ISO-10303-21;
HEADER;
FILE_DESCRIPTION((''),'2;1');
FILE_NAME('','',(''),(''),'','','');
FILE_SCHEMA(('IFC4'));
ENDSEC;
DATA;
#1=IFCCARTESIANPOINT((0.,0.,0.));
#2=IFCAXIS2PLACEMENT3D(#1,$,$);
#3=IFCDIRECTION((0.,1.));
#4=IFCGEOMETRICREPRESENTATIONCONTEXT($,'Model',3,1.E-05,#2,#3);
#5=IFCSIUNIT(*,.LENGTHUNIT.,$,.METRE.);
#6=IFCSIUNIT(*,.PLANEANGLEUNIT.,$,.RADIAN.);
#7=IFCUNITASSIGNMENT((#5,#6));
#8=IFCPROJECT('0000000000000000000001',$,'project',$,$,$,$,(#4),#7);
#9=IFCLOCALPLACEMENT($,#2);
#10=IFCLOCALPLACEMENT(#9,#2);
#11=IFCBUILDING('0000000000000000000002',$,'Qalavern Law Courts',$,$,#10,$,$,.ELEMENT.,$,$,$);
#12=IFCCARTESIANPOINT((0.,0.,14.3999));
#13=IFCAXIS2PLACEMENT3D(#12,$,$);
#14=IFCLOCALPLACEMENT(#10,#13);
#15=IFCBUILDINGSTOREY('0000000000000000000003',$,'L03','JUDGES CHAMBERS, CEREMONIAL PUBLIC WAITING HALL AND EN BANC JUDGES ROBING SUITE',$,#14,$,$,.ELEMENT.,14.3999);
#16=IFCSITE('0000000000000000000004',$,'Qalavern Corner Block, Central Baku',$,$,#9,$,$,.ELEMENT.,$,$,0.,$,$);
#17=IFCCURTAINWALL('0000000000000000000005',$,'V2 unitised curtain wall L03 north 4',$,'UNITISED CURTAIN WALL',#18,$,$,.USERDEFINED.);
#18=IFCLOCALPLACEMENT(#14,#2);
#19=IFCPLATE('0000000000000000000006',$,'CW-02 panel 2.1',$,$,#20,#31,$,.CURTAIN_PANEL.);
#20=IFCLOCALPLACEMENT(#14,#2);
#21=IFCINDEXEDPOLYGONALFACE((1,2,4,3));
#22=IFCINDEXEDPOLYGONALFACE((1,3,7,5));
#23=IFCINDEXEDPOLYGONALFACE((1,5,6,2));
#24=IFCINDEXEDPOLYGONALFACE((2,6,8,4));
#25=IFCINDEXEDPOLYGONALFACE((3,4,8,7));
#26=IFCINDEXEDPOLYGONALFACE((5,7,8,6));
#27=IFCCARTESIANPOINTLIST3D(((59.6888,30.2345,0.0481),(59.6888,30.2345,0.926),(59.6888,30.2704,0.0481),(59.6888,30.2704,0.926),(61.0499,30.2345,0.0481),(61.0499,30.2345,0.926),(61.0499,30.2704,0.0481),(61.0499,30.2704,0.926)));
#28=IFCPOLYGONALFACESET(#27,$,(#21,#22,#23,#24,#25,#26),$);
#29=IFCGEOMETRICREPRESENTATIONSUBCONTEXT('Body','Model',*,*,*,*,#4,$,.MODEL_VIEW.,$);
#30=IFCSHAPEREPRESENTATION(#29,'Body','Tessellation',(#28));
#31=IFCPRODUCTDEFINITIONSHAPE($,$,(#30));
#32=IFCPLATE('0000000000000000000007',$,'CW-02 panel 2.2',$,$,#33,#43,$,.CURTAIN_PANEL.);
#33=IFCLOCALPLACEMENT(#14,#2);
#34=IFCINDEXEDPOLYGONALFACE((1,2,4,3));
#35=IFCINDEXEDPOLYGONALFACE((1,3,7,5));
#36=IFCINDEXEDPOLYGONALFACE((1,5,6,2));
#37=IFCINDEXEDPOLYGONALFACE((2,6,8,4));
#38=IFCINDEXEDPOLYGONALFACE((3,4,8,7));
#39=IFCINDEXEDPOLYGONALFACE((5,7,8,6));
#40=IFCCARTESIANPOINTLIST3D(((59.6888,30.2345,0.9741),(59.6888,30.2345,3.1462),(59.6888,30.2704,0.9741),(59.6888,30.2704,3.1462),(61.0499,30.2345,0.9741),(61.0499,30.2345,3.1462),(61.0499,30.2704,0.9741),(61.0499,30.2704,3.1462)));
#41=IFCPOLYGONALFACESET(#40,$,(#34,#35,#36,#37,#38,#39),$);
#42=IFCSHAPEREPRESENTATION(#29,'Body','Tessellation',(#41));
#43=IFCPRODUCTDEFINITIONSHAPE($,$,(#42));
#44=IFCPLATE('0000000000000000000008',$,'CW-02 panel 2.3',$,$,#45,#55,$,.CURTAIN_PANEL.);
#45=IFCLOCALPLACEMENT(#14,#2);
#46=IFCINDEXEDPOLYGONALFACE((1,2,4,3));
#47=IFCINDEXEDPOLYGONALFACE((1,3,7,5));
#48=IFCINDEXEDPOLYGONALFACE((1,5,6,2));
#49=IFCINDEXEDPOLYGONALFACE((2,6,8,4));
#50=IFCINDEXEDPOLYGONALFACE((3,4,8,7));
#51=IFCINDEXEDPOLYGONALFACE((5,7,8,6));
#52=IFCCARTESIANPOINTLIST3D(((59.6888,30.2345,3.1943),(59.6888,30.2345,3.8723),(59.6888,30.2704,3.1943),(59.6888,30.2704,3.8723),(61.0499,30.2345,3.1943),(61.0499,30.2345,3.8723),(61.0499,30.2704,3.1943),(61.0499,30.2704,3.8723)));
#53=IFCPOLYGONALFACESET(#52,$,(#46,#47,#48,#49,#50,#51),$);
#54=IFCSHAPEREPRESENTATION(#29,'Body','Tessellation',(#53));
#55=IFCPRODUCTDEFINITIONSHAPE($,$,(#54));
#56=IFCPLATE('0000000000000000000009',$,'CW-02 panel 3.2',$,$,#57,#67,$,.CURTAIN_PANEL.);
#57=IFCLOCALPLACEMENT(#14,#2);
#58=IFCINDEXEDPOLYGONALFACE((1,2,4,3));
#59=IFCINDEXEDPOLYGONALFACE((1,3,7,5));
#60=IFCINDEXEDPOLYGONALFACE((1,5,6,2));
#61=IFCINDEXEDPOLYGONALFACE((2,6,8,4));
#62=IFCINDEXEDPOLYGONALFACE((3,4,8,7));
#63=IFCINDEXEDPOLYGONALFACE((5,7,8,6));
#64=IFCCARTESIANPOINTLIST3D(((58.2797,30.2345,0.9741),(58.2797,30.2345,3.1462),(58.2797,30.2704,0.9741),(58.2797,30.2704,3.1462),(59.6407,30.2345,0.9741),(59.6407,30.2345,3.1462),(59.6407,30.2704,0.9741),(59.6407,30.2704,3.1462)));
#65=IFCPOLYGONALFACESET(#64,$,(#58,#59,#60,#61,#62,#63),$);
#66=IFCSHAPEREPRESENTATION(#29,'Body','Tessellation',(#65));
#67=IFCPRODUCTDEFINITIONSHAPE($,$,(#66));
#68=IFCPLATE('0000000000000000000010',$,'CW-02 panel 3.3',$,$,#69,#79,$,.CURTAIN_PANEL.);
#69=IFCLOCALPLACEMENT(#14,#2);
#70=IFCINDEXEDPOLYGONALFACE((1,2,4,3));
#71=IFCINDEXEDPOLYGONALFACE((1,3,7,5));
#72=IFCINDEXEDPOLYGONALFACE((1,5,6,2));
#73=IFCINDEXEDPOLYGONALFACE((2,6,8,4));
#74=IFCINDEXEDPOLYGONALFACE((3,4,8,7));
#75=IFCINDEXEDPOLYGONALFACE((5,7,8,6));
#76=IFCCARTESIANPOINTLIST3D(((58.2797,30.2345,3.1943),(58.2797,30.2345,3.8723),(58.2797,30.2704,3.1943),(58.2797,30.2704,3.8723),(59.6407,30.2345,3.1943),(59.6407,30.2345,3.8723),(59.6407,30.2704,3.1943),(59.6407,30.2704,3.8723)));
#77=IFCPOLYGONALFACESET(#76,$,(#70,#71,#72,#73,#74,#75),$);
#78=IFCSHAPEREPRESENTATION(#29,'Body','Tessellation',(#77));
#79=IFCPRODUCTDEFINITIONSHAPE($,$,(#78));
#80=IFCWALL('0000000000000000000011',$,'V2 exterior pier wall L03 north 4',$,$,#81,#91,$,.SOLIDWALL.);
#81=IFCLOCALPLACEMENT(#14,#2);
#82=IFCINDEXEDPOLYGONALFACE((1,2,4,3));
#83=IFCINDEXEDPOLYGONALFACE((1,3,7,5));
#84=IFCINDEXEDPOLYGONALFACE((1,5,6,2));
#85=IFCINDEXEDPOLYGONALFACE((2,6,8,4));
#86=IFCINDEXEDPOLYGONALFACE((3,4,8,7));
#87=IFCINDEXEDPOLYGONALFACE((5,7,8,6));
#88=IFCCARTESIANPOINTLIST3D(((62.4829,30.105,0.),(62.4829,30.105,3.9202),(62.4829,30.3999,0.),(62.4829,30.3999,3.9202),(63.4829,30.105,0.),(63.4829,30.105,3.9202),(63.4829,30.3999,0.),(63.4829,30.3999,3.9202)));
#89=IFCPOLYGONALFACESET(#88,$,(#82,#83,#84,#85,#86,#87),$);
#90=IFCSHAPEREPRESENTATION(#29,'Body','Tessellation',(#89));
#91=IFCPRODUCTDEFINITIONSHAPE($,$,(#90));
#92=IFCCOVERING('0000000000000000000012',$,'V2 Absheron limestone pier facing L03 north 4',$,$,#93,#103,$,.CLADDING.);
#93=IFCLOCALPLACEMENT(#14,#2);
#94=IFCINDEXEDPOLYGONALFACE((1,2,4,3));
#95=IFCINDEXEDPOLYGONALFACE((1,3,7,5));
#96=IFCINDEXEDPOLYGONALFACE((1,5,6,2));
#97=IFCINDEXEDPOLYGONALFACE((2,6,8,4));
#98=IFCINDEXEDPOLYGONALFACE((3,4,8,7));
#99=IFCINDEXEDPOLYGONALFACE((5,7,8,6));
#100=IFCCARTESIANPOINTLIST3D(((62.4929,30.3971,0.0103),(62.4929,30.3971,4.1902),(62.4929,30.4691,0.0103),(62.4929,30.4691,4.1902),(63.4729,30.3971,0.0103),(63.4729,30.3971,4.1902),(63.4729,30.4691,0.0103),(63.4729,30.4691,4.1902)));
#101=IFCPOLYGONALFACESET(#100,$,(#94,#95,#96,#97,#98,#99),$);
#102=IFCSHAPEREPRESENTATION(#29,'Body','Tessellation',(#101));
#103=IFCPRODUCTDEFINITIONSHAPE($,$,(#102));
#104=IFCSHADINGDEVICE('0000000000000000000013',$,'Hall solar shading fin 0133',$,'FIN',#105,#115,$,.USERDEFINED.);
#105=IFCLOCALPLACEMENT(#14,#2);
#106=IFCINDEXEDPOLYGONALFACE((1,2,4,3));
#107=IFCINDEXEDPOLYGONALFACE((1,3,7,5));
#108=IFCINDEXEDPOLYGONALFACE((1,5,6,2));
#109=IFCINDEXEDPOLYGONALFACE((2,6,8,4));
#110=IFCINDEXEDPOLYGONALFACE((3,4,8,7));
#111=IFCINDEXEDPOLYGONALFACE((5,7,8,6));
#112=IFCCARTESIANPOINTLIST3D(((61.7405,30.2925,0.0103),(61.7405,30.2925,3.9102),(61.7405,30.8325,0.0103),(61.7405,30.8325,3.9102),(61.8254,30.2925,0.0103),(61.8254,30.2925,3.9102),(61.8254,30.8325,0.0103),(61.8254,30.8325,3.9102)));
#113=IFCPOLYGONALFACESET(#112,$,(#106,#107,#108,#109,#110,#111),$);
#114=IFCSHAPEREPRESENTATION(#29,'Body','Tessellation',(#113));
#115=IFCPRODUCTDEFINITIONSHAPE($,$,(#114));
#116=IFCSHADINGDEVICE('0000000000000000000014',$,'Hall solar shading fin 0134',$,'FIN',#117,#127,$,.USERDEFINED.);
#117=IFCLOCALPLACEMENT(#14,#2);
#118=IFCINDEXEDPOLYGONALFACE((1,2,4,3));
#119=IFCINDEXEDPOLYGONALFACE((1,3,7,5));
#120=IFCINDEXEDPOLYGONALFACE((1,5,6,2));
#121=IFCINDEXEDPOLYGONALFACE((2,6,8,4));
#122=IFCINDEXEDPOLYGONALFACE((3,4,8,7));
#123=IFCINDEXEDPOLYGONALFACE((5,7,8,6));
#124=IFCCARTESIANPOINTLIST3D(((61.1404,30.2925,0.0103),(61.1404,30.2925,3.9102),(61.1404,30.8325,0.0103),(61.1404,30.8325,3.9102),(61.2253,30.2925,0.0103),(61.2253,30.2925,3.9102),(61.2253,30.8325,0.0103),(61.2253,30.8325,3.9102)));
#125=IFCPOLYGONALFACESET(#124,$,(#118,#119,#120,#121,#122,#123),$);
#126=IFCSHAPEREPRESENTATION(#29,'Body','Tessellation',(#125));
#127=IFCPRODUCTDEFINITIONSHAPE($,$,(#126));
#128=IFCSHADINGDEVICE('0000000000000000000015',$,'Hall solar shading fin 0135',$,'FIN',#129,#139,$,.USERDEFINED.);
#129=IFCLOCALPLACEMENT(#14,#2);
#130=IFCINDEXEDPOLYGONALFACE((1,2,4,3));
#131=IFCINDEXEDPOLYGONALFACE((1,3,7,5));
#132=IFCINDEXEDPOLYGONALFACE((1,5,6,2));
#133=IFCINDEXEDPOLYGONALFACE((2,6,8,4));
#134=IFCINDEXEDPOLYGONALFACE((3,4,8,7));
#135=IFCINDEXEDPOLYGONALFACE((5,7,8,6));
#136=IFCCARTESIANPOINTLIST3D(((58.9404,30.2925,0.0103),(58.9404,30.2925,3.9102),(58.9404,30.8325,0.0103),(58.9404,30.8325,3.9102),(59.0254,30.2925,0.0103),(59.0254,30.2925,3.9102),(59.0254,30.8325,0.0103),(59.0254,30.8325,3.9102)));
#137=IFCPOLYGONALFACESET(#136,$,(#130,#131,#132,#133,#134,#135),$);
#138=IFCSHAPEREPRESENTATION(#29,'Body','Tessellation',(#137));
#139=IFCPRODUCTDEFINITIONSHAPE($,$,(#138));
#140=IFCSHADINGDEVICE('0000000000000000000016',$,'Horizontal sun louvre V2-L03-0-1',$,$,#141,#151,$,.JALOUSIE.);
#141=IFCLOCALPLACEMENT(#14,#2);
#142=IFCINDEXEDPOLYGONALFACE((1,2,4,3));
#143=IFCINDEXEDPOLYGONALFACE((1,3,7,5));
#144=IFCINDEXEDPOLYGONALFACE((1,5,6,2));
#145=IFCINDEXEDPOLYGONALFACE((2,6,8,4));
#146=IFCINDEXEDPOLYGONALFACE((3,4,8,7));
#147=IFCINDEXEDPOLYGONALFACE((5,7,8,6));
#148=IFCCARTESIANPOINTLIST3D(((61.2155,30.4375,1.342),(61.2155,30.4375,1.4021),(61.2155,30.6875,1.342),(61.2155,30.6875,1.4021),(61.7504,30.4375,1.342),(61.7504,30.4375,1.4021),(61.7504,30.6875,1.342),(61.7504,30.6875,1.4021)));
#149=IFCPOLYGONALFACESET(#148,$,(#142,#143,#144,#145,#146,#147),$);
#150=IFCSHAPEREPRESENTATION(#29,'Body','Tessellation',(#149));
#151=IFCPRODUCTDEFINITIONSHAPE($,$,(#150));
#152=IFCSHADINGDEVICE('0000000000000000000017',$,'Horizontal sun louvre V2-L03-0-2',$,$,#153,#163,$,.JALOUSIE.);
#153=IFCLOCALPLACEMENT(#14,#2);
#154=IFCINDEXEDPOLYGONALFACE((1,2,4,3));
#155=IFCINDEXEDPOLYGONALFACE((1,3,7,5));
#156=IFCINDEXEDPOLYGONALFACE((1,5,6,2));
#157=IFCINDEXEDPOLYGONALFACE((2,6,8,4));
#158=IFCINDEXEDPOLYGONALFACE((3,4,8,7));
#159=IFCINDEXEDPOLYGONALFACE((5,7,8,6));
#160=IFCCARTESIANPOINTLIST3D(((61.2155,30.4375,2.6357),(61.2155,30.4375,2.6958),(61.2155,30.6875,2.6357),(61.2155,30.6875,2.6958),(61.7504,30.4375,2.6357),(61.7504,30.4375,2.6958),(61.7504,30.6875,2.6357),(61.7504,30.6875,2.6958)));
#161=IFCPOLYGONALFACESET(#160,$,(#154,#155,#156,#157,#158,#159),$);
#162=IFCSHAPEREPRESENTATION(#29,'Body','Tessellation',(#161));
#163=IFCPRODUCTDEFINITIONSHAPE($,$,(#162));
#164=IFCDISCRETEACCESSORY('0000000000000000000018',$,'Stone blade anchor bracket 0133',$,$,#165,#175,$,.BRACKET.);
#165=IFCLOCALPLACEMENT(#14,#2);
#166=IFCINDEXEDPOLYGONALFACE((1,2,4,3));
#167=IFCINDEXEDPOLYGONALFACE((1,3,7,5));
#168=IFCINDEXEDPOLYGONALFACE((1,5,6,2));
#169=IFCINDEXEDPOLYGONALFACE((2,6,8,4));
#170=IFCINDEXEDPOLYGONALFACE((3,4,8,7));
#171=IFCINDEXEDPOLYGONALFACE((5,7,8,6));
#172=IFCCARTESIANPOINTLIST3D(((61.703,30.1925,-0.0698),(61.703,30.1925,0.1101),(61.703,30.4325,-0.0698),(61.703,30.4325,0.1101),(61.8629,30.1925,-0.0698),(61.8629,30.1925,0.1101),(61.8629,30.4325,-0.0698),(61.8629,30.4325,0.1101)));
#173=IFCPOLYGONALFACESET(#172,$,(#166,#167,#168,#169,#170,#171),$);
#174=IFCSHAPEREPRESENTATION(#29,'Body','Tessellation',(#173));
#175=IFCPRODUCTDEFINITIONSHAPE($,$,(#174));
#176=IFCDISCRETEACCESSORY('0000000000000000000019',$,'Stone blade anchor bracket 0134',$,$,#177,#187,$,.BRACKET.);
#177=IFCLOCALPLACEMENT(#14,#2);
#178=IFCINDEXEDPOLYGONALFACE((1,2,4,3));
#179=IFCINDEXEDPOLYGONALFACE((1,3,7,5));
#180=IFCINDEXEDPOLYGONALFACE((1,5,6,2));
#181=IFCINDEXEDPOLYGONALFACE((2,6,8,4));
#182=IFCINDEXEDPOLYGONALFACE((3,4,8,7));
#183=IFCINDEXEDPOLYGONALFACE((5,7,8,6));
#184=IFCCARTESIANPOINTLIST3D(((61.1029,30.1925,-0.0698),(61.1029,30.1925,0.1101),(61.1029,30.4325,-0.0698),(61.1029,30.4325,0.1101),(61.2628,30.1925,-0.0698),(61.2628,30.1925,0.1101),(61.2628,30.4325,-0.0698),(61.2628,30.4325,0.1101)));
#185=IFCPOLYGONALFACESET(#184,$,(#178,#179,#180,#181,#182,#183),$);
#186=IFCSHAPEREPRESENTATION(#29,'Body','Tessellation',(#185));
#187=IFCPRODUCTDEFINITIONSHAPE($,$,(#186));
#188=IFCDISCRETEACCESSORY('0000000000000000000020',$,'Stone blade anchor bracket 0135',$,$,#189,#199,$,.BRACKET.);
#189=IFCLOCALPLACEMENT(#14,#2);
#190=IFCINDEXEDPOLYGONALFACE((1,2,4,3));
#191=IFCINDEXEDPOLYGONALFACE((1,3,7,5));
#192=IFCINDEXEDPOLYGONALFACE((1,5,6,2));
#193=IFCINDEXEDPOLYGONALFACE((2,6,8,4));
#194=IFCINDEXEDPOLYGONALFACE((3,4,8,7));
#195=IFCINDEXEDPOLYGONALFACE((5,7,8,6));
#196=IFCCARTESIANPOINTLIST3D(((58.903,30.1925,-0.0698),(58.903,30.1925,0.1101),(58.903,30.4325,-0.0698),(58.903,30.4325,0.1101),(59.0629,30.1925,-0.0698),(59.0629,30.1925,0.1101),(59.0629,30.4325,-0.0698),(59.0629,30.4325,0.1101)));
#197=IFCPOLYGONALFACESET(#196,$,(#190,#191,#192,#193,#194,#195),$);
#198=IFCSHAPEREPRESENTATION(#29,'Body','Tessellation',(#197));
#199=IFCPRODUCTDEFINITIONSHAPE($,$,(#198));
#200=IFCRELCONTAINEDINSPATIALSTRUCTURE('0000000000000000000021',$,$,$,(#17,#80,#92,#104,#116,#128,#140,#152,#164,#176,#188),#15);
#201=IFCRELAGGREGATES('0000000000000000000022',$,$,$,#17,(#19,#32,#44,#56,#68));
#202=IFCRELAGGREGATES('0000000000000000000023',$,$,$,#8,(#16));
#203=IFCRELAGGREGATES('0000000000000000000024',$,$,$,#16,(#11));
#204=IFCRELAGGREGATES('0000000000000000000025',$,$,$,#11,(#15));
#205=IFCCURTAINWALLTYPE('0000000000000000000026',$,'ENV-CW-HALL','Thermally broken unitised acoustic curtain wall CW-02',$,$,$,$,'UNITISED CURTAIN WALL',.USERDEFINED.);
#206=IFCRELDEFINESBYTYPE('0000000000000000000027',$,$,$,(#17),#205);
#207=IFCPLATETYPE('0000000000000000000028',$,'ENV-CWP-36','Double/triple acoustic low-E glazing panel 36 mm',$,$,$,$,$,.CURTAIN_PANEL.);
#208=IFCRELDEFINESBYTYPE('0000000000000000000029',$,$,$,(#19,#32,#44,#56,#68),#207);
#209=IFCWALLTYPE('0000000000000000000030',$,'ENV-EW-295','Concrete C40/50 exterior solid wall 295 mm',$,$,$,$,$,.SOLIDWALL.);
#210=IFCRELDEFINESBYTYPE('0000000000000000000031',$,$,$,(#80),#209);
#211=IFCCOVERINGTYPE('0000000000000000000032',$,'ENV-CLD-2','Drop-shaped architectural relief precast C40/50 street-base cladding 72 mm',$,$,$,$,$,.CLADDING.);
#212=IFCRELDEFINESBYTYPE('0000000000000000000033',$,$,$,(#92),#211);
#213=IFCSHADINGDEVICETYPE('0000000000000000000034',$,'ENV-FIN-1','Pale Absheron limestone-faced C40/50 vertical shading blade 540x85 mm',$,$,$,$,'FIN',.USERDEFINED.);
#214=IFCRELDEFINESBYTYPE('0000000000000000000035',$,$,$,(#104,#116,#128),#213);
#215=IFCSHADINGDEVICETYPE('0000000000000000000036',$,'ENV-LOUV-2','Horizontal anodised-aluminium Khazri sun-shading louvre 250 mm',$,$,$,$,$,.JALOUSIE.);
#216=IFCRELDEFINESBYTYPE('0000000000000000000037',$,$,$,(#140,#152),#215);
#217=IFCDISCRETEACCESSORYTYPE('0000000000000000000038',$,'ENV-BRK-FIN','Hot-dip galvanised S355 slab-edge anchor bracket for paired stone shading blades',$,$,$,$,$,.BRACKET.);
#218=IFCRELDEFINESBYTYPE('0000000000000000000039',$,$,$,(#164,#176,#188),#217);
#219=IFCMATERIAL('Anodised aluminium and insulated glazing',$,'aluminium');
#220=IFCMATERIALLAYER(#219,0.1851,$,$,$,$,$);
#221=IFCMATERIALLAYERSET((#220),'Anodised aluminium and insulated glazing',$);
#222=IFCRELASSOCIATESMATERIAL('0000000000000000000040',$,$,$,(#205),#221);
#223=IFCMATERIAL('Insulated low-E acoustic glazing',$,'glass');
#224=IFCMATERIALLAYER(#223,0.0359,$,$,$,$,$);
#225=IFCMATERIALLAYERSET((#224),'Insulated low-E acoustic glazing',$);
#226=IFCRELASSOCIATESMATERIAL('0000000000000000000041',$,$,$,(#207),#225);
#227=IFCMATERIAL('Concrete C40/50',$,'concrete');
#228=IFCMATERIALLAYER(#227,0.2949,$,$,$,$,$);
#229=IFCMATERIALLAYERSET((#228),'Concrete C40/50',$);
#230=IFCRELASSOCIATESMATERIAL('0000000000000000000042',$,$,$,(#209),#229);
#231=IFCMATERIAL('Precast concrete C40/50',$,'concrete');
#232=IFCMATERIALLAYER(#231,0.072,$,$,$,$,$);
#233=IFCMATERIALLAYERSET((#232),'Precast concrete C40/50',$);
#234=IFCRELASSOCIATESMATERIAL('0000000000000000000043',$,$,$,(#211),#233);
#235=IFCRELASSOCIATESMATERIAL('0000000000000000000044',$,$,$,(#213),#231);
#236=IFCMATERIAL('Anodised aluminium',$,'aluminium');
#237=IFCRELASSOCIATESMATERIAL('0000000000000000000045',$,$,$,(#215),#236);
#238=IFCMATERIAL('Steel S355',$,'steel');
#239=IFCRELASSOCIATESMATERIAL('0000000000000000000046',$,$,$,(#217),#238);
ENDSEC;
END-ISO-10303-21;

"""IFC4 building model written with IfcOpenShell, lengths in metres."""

from ifc_helpers import new_model, si_unit, direction, frame, frame_2d, origin, origin_2d, place, context, subcontext, project, spatial, rectangle, extrude, material, layer, layer_set, type_object, element, aggregate, save


model = new_model("IFC4")

# Units and contexts
model_context = context("Model", 3, precision=1e-05, world=origin(), true_north=direction((0.0, 1.0)))
body_context = subcontext(model_context, "Body", "Model", "MODEL_VIEW")
ifc_project = project(units=[si_unit("LENGTHUNIT", "METRE"), si_unit("PLANEANGLEUNIT", "RADIAN")], contexts=[model_context])

# Site, building, storey
site_placement = place(None, origin())
site = spatial("IfcSite", under=ifc_project, at=site_placement, Name="Qalavern Corner Block, Central Baku", CompositionType="ELEMENT", RefElevation=0.0)
building_placement = place(site_placement, origin())
building = spatial("IfcBuilding", under=site, at=building_placement, Name="Qalavern Law Courts", CompositionType="ELEMENT")
storey_placement = place(building_placement, frame((0.0, 0.0, 14.3999)))
storey = spatial("IfcBuildingStorey", under=building, at=storey_placement, Name="L03", Description="JUDGES CHAMBERS, CEREMONIAL PUBLIC WAITING HALL AND EN BANC JUDGES ROBING SUITE", CompositionType="ELEMENT", Elevation=14.3999)

# Shared definitions
ifc_material_1 = material(Name="Anodised aluminium and insulated glazing", Category="aluminium")
ifc_layer_1 = layer(ifc_material_1, 0.1851)
ifc_layer_set_1 = layer_set([ifc_layer_1], Name="Anodised aluminium and insulated glazing")
curtain_wall_type = type_object("IfcCurtainWallType", Name="ENV-CW-HALL", Description="Thermally broken unitised acoustic curtain wall CW-02", ElementType="UNITISED CURTAIN WALL", PredefinedType="USERDEFINED", material=ifc_layer_set_1)
ifc_material_2 = material(Name="Anodised aluminium", Category="aluminium")

# Curtain wall
curtain_wall_1_placement = place(storey_placement, origin())
curtain_wall_1 = element("IfcCurtainWall", 1, at=curtain_wall_1_placement, inside=storey, type_object=curtain_wall_type, Name="V2 unitised curtain wall L03 north 4", ObjectType="UNITISED CURTAIN WALL", PredefinedType="USERDEFINED")

# Shared definitions
ifc_material_3 = material(Name="Concrete C40/50", Category="concrete")

# Plates
ifc_material_4 = material(Name="Insulated low-E acoustic glazing", Category="glass")
ifc_layer_2 = layer(ifc_material_4, 0.0359)
ifc_layer_set_2 = layer_set([ifc_layer_2], Name="Insulated low-E acoustic glazing")
plate_type_1 = type_object("IfcPlateType", Name="ENV-CWP-36", Description="Double/triple acoustic low-E glazing panel 36 mm", PredefinedType="CURTAIN_PANEL", material=ifc_layer_set_2)
plate_1_placement = place(storey_placement, frame((60.3694, 30.2524, 0.0481), z_axis=(0.0, 0.0, 1.0), x_axis=(-1.0, 0.0, 0.0)))
plate_1 = element("IfcPlate", 2, at=plate_1_placement, type_object=plate_type_1, Name="CW-02 panel 2.1", PredefinedType="CURTAIN_PANEL", context=body_context, shape_type="SweptSolid", body=[
    extrude(rectangle(XDim=1.3611, YDim=0.0359, at=origin_2d()), origin(), (0.0, 0.0, 1.0), 0.8779),
])
plate_2_placement = place(storey_placement, frame((60.3694, 30.2524, 0.9741), z_axis=(0.0, 0.0, 1.0), x_axis=(-1.0, 0.0, 0.0)))
plate_2 = element("IfcPlate", 3, at=plate_2_placement, type_object=plate_type_1, Name="CW-02 panel 2.2", PredefinedType="CURTAIN_PANEL", context=body_context, shape_type="SweptSolid", body=[
    extrude(rectangle(XDim=1.3611, YDim=0.0359, at=origin_2d()), origin(), (0.0, 0.0, 1.0), 2.1721),
])
plate_3_placement = place(storey_placement, frame((60.3694, 30.2524, 3.1943), z_axis=(0.0, 0.0, 1.0), x_axis=(-1.0, 0.0, 0.0)))
plate_3 = element("IfcPlate", 4, at=plate_3_placement, type_object=plate_type_1, Name="CW-02 panel 2.3", PredefinedType="CURTAIN_PANEL", context=body_context, shape_type="SweptSolid", body=[
    extrude(rectangle(XDim=1.3611, YDim=0.0359, at=origin_2d()), origin(), (0.0, 0.0, 1.0), 0.678),
])
plate_4_placement = place(storey_placement, frame((58.9602, 30.2524, 0.9741), z_axis=(0.0, 0.0, 1.0), x_axis=(-1.0, 0.0, 0.0)))
plate_4 = element("IfcPlate", 5, at=plate_4_placement, type_object=plate_type_1, Name="CW-02 panel 3.2", PredefinedType="CURTAIN_PANEL", context=body_context, shape_type="SweptSolid", body=[
    extrude(rectangle(XDim=1.3611, YDim=0.0359, at=origin_2d()), origin(), (0.0, 0.0, 1.0), 2.1721),
])
plate_5_placement = place(storey_placement, frame((58.9602, 30.2524, 3.1943), z_axis=(0.0, 0.0, 1.0), x_axis=(-1.0, 0.0, 0.0)))
plate_5 = element("IfcPlate", 6, at=plate_5_placement, type_object=plate_type_1, Name="CW-02 panel 3.3", PredefinedType="CURTAIN_PANEL", context=body_context, shape_type="SweptSolid", body=[
    extrude(rectangle(XDim=1.3611, YDim=0.0359, at=origin_2d()), origin(), (0.0, 0.0, 1.0), 0.678),
])
aggregate(curtain_wall_1, [plate_1, plate_2, plate_3, plate_4, plate_5])

# Wall
ifc_layer_3 = layer(ifc_material_3, 0.2949)
ifc_layer_set_3 = layer_set([ifc_layer_3], Name="Concrete C40/50")
wall_type = type_object("IfcWallType", Name="ENV-EW-295", Description="Concrete C40/50 exterior solid wall 295 mm", PredefinedType="SOLIDWALL", material=ifc_layer_set_3)
wall_placement = place(storey_placement, frame((63.4829, 30.2524, 0.0), z_axis=(0.0, 0.0, 1.0), x_axis=(-1.0, 0.0, 0.0)))
element("IfcWall", 7, at=wall_placement, inside=storey, type_object=wall_type, Name="V2 exterior pier wall L03 north 4", PredefinedType="SOLIDWALL", context=body_context, shape_type="SweptSolid", body=[
    extrude(rectangle(XDim=1.0, YDim=0.2949, at=frame_2d((0.5, 0.0))), origin(), (0.0, 0.0, 1.0), 3.9202),
])

# Covering
ifc_material_5 = material(Name="Precast concrete C40/50", Category="concrete")
ifc_layer_4 = layer(ifc_material_5, 0.072)
ifc_layer_set_4 = layer_set([ifc_layer_4], Name="Precast concrete C40/50")
covering_type = type_object("IfcCoveringType", Name="ENV-CLD-2", Description="Drop-shaped architectural relief precast C40/50 street-base cladding 72 mm", PredefinedType="CLADDING", material=ifc_layer_set_4)
covering_placement = place(storey_placement, frame((62.9829, 30.4331, 0.0103), z_axis=(0.0, 0.0, 1.0), x_axis=(-1.0, 0.0, 0.0)))
element("IfcCovering", 8, at=covering_placement, inside=storey, type_object=covering_type, Name="V2 Absheron limestone pier facing L03 north 4", PredefinedType="CLADDING", context=body_context, shape_type="SweptSolid", body=[
    extrude(rectangle(XDim=0.98, YDim=0.072, at=origin_2d()), origin(), (0.0, 0.0, 1.0), 4.1799),
])

# Shading devices
shading_device_type_1 = type_object("IfcShadingDeviceType", Name="ENV-FIN-1", Description="Pale Absheron limestone-faced C40/50 vertical shading blade 540x85 mm", ElementType="FIN", PredefinedType="USERDEFINED", material=ifc_material_5)
for number, where, z_axis, x_axis, name in (
    (9, (61.783, 30.5625, 0.0103), (0.0, 0.0, 1.0), (0.0, 1.0, 0.0), "Hall solar shading fin 0133"),
    (10, (61.1829, 30.5625, 0.0103), (0.0, 0.0, 1.0), (0.0, 1.0, 0.0), "Hall solar shading fin 0134"),
    (11, (58.9829, 30.5625, 0.0103), (0.0, 0.0, 1.0), (0.0, 1.0, 0.0), "Hall solar shading fin 0135"),
):
    element("IfcShadingDevice", number, at=place(storey_placement, frame(where, z_axis=z_axis, x_axis=x_axis)), inside=storey, type_object=shading_device_type_1, Name=name, ObjectType="FIN", PredefinedType="USERDEFINED", context=body_context, shape_type="SweptSolid", body=[
        extrude(rectangle(XDim=0.54, YDim=0.085, at=origin_2d()), origin(), (0.0, 0.0, 1.0), 3.8999),
    ])
shading_device_type_2 = type_object("IfcShadingDeviceType", Name="ENV-LOUV-2", Description="Horizontal anodised-aluminium Khazri sun-shading louvre 250 mm", PredefinedType="JALOUSIE", material=ifc_material_2)
for number, where, z_axis, x_axis, name in (
    (12, (61.4829, 30.5625, 1.342), (0.0, 0.0, 1.0), (-1.0, 0.0, 0.0), "Horizontal sun louvre V2-L03-0-1"),
    (13, (61.4829, 30.5625, 2.6357), (0.0, 0.0, 1.0), (-1.0, 0.0, 0.0), "Horizontal sun louvre V2-L03-0-2"),
):
    element("IfcShadingDevice", number, at=place(storey_placement, frame(where, z_axis=z_axis, x_axis=x_axis)), inside=storey, type_object=shading_device_type_2, Name=name, PredefinedType="JALOUSIE", context=body_context, shape_type="SweptSolid", body=[
        extrude(rectangle(XDim=0.5349, YDim=0.25, at=origin_2d()), origin(), (0.0, 0.0, 1.0), 0.0601),
    ])

# Discrete accessories
ifc_material_6 = material(Name="Steel S355", Category="steel")
discrete_accessory_type = type_object("IfcDiscreteAccessoryType", Name="ENV-BRK-FIN", Description="Hot-dip galvanised S355 slab-edge anchor bracket for paired stone shading blades", PredefinedType="BRACKET", material=ifc_material_6)
for number, where, z_axis, x_axis, name in (
    (14, (61.783, 30.3125, -0.0698), (0.0, 0.0, 1.0), (0.0, 1.0, 0.0), "Stone blade anchor bracket 0133"),
    (15, (61.1829, 30.3125, -0.0698), (0.0, 0.0, 1.0), (0.0, 1.0, 0.0), "Stone blade anchor bracket 0134"),
    (16, (58.9829, 30.3125, -0.0698), (0.0, 0.0, 1.0), (0.0, 1.0, 0.0), "Stone blade anchor bracket 0135"),
):
    element("IfcDiscreteAccessory", number, at=place(storey_placement, frame(where, z_axis=z_axis, x_axis=x_axis)), inside=storey, type_object=discrete_accessory_type, Name=name, PredefinedType="BRACKET", context=body_context, shape_type="SweptSolid", body=[
        extrude(rectangle(XDim=0.24, YDim=0.1599, at=origin_2d()), origin(), (0.0, 0.0, 1.0), 0.1799),
    ])

save(model, "model.ifc")
